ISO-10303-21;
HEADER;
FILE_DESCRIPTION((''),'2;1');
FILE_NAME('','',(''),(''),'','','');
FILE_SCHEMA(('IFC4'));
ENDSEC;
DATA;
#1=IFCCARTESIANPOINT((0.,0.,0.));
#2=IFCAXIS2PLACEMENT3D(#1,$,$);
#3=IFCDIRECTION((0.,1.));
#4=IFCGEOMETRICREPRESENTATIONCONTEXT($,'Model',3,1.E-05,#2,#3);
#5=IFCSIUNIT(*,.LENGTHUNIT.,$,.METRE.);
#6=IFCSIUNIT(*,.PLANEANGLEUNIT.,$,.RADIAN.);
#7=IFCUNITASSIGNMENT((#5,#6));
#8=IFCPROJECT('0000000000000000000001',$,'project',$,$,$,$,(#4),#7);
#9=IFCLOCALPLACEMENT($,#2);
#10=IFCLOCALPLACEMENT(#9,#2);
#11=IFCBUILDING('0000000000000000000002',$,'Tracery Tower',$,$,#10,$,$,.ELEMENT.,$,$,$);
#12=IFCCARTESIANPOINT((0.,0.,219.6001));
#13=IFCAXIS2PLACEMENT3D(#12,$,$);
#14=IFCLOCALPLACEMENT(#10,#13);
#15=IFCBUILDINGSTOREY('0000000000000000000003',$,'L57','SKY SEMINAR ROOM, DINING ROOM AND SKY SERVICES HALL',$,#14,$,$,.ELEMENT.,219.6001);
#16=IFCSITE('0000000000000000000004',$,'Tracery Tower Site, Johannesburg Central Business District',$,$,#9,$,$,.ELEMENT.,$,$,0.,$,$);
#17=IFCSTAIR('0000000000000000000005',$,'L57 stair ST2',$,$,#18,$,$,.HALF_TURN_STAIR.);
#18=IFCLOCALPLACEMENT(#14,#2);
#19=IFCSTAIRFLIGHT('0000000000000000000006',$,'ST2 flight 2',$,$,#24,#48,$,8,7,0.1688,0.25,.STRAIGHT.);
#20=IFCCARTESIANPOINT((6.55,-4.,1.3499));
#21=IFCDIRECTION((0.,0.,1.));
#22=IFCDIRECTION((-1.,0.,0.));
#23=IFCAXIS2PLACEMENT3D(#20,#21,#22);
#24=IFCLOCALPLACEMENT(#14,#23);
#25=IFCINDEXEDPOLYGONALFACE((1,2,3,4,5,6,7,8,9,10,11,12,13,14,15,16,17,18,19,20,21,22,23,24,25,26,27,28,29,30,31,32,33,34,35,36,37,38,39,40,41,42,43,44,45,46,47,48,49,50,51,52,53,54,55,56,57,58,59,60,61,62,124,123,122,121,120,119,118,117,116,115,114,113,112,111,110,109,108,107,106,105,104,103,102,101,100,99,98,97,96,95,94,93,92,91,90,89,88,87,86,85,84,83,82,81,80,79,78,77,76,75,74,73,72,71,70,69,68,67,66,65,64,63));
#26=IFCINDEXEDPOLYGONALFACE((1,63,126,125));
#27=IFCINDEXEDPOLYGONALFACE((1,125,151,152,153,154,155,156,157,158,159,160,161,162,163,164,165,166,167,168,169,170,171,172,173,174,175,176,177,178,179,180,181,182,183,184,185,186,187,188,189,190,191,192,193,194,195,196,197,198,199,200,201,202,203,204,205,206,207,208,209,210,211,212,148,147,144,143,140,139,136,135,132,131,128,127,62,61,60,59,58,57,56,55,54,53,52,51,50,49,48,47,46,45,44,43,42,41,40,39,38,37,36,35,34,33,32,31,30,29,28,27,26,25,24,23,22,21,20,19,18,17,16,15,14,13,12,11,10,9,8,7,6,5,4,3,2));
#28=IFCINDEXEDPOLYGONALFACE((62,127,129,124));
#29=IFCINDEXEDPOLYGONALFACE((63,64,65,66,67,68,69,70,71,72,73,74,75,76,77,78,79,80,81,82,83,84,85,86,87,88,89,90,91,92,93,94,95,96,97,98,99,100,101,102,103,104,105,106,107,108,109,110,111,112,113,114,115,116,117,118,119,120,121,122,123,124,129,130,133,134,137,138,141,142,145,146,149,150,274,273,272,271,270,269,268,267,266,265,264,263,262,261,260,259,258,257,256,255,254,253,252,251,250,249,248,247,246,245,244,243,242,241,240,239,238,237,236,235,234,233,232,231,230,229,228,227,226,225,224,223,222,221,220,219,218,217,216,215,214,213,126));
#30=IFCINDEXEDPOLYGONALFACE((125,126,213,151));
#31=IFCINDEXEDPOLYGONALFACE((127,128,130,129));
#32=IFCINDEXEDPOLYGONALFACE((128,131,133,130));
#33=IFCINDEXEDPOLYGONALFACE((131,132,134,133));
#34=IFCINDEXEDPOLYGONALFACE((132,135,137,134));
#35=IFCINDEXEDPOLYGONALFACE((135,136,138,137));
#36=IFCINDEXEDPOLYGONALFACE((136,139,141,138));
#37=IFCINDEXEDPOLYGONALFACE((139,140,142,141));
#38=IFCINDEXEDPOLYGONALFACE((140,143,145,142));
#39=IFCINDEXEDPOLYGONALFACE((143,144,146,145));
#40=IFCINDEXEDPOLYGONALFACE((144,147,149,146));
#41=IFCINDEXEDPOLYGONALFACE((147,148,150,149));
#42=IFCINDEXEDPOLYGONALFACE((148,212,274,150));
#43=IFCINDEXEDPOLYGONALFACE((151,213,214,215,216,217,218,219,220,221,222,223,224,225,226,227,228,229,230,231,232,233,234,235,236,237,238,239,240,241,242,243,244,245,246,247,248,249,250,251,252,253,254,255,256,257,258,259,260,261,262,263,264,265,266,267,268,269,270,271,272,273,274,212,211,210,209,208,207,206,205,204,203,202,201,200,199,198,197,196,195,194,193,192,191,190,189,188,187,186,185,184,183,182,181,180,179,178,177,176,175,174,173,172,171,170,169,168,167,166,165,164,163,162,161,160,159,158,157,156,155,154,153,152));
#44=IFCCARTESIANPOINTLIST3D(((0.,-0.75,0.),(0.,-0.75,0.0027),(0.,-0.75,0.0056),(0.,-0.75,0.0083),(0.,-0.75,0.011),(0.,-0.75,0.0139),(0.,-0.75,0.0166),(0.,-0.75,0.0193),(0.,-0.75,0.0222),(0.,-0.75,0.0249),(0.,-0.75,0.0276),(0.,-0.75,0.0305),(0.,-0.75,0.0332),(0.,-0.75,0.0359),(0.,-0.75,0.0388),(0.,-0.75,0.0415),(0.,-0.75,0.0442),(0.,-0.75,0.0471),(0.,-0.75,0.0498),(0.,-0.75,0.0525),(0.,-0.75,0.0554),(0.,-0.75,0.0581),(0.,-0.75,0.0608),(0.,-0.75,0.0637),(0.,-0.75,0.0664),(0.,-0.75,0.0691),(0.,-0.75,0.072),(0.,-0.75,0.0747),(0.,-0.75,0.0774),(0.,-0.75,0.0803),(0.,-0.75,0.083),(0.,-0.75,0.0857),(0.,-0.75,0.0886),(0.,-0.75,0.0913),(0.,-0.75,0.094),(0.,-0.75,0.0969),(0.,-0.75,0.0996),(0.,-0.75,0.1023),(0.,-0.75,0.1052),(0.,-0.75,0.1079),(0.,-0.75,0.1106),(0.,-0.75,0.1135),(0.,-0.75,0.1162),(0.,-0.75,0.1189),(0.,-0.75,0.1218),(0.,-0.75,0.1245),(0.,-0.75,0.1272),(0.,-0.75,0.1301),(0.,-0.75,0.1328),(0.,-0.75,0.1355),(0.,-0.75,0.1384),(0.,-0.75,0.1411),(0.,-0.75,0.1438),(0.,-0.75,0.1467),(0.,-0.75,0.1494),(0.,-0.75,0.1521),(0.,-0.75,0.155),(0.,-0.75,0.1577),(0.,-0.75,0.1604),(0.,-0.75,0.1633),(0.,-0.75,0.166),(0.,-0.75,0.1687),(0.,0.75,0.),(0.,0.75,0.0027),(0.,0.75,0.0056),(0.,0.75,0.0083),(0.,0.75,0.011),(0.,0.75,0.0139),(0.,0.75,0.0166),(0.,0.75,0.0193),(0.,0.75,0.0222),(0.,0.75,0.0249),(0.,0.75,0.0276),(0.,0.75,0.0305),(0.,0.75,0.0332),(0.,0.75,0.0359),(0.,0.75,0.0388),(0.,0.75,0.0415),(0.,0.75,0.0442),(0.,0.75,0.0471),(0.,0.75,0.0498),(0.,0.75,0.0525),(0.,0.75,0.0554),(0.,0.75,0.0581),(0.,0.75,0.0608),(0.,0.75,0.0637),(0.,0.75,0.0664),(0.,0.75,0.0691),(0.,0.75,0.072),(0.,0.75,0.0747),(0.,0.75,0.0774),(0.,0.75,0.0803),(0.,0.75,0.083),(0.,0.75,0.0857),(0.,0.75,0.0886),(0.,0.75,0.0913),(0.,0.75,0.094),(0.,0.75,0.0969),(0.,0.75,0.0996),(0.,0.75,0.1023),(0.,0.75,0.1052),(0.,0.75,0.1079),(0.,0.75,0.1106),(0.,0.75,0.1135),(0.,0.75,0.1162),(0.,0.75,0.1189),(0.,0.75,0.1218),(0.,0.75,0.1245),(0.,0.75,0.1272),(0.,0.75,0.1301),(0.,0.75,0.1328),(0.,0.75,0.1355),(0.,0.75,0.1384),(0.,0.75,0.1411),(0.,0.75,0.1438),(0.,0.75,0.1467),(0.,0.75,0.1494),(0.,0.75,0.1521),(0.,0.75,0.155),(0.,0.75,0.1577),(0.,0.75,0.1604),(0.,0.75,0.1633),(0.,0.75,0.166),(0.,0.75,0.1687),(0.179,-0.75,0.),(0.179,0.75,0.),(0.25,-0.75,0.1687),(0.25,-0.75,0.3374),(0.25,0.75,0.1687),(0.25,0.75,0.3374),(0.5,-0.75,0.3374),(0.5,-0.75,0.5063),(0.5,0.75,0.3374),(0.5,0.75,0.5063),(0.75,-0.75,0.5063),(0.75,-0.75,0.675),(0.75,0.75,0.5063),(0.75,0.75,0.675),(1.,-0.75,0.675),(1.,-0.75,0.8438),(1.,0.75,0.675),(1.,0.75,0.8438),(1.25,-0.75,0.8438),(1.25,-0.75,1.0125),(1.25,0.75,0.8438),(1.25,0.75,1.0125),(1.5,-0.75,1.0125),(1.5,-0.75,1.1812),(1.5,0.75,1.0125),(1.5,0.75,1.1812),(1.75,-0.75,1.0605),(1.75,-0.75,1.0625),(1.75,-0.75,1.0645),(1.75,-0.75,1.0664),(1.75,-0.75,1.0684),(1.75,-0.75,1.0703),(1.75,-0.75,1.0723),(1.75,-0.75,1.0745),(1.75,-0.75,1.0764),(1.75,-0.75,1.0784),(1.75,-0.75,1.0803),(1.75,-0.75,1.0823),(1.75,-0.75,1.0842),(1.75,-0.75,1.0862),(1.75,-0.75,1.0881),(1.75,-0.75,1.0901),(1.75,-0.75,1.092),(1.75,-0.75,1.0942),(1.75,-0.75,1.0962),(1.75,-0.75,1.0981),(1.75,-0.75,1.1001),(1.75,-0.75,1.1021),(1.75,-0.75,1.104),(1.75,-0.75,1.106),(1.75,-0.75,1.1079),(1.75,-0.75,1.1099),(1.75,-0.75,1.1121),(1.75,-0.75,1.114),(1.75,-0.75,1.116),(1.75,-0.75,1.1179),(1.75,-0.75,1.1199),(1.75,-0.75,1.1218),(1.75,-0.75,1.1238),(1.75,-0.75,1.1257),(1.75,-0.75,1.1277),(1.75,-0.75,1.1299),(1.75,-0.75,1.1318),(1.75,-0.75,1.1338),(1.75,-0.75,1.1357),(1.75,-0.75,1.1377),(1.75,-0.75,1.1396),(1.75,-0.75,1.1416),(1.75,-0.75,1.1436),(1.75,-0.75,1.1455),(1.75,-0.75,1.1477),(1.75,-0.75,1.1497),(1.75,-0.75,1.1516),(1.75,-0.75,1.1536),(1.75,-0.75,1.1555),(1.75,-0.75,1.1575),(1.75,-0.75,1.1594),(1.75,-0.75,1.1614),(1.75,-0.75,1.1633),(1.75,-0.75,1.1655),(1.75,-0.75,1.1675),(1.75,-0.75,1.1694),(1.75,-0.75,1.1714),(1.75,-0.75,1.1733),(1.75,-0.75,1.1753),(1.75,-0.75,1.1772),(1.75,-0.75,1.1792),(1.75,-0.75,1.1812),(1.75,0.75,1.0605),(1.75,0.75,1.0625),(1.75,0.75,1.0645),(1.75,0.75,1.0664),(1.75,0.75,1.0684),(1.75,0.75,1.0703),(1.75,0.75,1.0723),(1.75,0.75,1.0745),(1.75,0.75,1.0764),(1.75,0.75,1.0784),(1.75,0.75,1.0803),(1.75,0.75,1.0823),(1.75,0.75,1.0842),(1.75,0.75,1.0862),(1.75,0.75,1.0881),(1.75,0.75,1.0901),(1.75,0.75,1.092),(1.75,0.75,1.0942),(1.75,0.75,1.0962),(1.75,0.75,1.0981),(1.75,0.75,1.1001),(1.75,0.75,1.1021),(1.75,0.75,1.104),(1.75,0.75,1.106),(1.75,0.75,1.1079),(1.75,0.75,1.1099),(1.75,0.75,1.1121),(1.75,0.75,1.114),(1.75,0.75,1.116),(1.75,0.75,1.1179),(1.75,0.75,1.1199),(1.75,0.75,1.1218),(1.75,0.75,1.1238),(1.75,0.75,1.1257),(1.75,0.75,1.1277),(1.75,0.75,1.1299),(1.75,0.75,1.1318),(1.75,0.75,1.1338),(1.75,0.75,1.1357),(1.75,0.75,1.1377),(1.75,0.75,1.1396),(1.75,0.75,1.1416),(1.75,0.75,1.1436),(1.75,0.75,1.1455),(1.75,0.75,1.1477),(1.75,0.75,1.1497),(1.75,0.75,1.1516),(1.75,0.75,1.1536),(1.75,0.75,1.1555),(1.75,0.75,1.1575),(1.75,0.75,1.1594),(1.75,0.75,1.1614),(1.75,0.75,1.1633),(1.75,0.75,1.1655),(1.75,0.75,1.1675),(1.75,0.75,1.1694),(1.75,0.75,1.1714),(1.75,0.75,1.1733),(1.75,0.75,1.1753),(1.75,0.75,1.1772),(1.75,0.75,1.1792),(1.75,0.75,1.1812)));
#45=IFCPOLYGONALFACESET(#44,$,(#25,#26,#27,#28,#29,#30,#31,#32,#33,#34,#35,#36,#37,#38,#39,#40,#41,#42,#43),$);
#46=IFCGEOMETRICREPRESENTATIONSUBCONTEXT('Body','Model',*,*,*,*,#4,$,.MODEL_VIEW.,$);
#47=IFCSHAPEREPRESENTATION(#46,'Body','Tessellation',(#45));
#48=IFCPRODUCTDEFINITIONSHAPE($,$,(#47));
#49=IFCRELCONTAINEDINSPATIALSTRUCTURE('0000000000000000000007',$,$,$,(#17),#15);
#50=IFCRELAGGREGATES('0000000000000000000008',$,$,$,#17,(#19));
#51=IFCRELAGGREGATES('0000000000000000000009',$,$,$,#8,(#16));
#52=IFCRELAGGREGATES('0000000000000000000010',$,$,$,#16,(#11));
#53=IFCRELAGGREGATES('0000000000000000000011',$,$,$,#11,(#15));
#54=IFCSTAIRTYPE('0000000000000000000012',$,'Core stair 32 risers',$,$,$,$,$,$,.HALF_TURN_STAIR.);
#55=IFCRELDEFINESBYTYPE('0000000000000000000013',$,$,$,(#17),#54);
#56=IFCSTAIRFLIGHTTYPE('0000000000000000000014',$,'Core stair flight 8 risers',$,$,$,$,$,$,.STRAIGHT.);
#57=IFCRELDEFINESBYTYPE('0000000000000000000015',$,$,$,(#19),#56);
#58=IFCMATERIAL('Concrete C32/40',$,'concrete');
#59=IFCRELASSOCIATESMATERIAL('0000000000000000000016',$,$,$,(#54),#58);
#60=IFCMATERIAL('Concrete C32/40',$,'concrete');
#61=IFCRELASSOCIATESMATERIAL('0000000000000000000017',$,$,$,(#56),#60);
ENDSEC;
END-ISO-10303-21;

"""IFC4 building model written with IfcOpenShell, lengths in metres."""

from ifc_helpers import new_model, si_unit, direction, frame, origin, place, context, subcontext, project, spatial, polyline, outline, extrude, material, type_object, element, aggregate, save


model = new_model("IFC4")

# Units and contexts
model_context = context("Model", 3, precision=1e-05, world=origin(), true_north=direction((0.0, 1.0)))
body_context = subcontext(model_context, "Body", "Model", "MODEL_VIEW")
ifc_project = project(units=[si_unit("LENGTHUNIT", "METRE"), si_unit("PLANEANGLEUNIT", "RADIAN")], contexts=[model_context])

# Site, building, storey
site_placement = place(None, origin())
site = spatial("IfcSite", under=ifc_project, at=site_placement, Name="Tracery Tower Site, Johannesburg Central Business District", CompositionType="ELEMENT", RefElevation=0.0)
building_placement = place(site_placement, origin())
building = spatial("IfcBuilding", under=site, at=building_placement, Name="Tracery Tower", CompositionType="ELEMENT")
storey_placement = place(building_placement, frame((0.0, 0.0, 219.6001)))
storey = spatial("IfcBuildingStorey", under=building, at=storey_placement, Name="L57", Description="SKY SEMINAR ROOM, DINING ROOM AND SKY SERVICES HALL", CompositionType="ELEMENT", Elevation=219.6001)

# Stair, stair flight
ifc_material_1 = material(Name="Concrete C32/40", Category="concrete")
stair_type = type_object("IfcStairType", Name="Core stair 32 risers", PredefinedType="HALF_TURN_STAIR", material=ifc_material_1)
stair_placement = place(storey_placement, origin())
stair = element("IfcStair", 1, at=stair_placement, inside=storey, type_object=stair_type, Name="L57 stair ST2", PredefinedType="HALF_TURN_STAIR")
ifc_material_2 = material(Name="Concrete C32/40", Category="concrete")
stair_flight_type = type_object("IfcStairFlightType", Name="Core stair flight 8 risers", PredefinedType="STRAIGHT", material=ifc_material_2)
stair_flight_1_placement = place(storey_placement, frame((6.55, -4.0, 1.3499), z_axis=(0.0, 0.0, 1.0), x_axis=(-1.0, 0.0, 0.0)))
stair_flight_1 = element("IfcStairFlight", 2, at=stair_flight_1_placement, type_object=stair_flight_type, Name="ST2 flight 2", NumberOfRisers=8, NumberOfTreads=7, PredefinedType="STRAIGHT", RiserHeight=0.1688, TreadLength=0.25, context=body_context, shape_type="SweptSolid", body=[
    extrude(outline(polyline([(0.0, 0.0), (0.0, 0.0027), (0.0, 0.0056), (0.0, 0.0083), (0.0, 0.011), (0.0, 0.0139), (0.0, 0.0166), (0.0, 0.0193), (0.0, 0.0222), (0.0, 0.0249), (0.0, 0.0276), (0.0, 0.0305), (0.0, 0.0332), (0.0, 0.0359), (0.0, 0.0388), (0.0, 0.0415), (0.0, 0.0442), (0.0, 0.0471), (0.0, 0.0498), (0.0, 0.0525), (0.0, 0.0554), (0.0, 0.0581), (0.0, 0.0608), (0.0, 0.0637), (0.0, 0.0664), (0.0, 0.0691), (0.0, 0.072), (0.0, 0.0747), (0.0, 0.0774), (0.0, 0.0803), (0.0, 0.083), (0.0, 0.0857), (0.0, 0.0886), (0.0, 0.0913), (0.0, 0.094), (0.0, 0.0969), (0.0, 0.0996), (0.0, 0.1023), (0.0, 0.1052), (0.0, 0.1079), (0.0, 0.1106), (0.0, 0.1135), (0.0, 0.1162), (0.0, 0.1189), (0.0, 0.1218), (0.0, 0.1245), (0.0, 0.1272), (0.0, 0.1301), (0.0, 0.1328), (0.0, 0.1355), (0.0, 0.1384), (0.0, 0.1411), (0.0, 0.1438), (0.0, 0.1467), (0.0, 0.1494), (0.0, 0.1521), (0.0, 0.155), (0.0, 0.1577), (0.0, 0.1604), (0.0, 0.1633), (0.0, 0.166), (0.0, 0.1687), (0.25, 0.1687), (0.25, 0.3374), (0.5, 0.3374), (0.5, 0.5063), (0.75, 0.5063), (0.75, 0.675), (1.0, 0.675), (1.0, 0.8438), (1.25, 0.8438), (1.25, 1.0125), (1.5, 1.0125), (1.5, 1.1812), (1.75, 1.1812), (1.75, 1.1792), (1.75, 1.1772), (1.75, 1.1753), (1.75, 1.1733), (1.75, 1.1714), (1.75, 1.1694), (1.75, 1.1675), (1.75, 1.1655), (1.75, 1.1633), (1.75, 1.1614), (1.75, 1.1594), (1.75, 1.1575), (1.75, 1.1555), (1.75, 1.1536), (1.75, 1.1516), (1.75, 1.1497), (1.75, 1.1477), (1.75, 1.1455), (1.75, 1.1436), (1.75, 1.1416), (1.75, 1.1396), (1.75, 1.1377), (1.75, 1.1357), (1.75, 1.1338), (1.75, 1.1318), (1.75, 1.1299), (1.75, 1.1277), (1.75, 1.1257), (1.75, 1.1238), (1.75, 1.1218), (1.75, 1.1199), (1.75, 1.1179), (1.75, 1.116), (1.75, 1.114), (1.75, 1.1121), (1.75, 1.1099), (1.75, 1.1079), (1.75, 1.106), (1.75, 1.104), (1.75, 1.1021), (1.75, 1.1001), (1.75, 1.0981), (1.75, 1.0962), (1.75, 1.0942), (1.75, 1.092), (1.75, 1.0901), (1.75, 1.0881), (1.75, 1.0862), (1.75, 1.0842), (1.75, 1.0823), (1.75, 1.0803), (1.75, 1.0784), (1.75, 1.0764), (1.75, 1.0745), (1.75, 1.0723), (1.75, 1.0703), (1.75, 1.0684), (1.75, 1.0664), (1.75, 1.0645), (1.75, 1.0625), (1.75, 1.0605), (0.179, 0.0), (0.0, 0.0)])), frame((0.0, 0.75, 0.0), z_axis=(0.0, -1.0, 0.0), x_axis=(1.0, 0.0, 0.0)), (0.0, 0.0, 1.0), 1.5),
])
aggregate(stair, [stair_flight_1])

save(model, "model.ifc")
